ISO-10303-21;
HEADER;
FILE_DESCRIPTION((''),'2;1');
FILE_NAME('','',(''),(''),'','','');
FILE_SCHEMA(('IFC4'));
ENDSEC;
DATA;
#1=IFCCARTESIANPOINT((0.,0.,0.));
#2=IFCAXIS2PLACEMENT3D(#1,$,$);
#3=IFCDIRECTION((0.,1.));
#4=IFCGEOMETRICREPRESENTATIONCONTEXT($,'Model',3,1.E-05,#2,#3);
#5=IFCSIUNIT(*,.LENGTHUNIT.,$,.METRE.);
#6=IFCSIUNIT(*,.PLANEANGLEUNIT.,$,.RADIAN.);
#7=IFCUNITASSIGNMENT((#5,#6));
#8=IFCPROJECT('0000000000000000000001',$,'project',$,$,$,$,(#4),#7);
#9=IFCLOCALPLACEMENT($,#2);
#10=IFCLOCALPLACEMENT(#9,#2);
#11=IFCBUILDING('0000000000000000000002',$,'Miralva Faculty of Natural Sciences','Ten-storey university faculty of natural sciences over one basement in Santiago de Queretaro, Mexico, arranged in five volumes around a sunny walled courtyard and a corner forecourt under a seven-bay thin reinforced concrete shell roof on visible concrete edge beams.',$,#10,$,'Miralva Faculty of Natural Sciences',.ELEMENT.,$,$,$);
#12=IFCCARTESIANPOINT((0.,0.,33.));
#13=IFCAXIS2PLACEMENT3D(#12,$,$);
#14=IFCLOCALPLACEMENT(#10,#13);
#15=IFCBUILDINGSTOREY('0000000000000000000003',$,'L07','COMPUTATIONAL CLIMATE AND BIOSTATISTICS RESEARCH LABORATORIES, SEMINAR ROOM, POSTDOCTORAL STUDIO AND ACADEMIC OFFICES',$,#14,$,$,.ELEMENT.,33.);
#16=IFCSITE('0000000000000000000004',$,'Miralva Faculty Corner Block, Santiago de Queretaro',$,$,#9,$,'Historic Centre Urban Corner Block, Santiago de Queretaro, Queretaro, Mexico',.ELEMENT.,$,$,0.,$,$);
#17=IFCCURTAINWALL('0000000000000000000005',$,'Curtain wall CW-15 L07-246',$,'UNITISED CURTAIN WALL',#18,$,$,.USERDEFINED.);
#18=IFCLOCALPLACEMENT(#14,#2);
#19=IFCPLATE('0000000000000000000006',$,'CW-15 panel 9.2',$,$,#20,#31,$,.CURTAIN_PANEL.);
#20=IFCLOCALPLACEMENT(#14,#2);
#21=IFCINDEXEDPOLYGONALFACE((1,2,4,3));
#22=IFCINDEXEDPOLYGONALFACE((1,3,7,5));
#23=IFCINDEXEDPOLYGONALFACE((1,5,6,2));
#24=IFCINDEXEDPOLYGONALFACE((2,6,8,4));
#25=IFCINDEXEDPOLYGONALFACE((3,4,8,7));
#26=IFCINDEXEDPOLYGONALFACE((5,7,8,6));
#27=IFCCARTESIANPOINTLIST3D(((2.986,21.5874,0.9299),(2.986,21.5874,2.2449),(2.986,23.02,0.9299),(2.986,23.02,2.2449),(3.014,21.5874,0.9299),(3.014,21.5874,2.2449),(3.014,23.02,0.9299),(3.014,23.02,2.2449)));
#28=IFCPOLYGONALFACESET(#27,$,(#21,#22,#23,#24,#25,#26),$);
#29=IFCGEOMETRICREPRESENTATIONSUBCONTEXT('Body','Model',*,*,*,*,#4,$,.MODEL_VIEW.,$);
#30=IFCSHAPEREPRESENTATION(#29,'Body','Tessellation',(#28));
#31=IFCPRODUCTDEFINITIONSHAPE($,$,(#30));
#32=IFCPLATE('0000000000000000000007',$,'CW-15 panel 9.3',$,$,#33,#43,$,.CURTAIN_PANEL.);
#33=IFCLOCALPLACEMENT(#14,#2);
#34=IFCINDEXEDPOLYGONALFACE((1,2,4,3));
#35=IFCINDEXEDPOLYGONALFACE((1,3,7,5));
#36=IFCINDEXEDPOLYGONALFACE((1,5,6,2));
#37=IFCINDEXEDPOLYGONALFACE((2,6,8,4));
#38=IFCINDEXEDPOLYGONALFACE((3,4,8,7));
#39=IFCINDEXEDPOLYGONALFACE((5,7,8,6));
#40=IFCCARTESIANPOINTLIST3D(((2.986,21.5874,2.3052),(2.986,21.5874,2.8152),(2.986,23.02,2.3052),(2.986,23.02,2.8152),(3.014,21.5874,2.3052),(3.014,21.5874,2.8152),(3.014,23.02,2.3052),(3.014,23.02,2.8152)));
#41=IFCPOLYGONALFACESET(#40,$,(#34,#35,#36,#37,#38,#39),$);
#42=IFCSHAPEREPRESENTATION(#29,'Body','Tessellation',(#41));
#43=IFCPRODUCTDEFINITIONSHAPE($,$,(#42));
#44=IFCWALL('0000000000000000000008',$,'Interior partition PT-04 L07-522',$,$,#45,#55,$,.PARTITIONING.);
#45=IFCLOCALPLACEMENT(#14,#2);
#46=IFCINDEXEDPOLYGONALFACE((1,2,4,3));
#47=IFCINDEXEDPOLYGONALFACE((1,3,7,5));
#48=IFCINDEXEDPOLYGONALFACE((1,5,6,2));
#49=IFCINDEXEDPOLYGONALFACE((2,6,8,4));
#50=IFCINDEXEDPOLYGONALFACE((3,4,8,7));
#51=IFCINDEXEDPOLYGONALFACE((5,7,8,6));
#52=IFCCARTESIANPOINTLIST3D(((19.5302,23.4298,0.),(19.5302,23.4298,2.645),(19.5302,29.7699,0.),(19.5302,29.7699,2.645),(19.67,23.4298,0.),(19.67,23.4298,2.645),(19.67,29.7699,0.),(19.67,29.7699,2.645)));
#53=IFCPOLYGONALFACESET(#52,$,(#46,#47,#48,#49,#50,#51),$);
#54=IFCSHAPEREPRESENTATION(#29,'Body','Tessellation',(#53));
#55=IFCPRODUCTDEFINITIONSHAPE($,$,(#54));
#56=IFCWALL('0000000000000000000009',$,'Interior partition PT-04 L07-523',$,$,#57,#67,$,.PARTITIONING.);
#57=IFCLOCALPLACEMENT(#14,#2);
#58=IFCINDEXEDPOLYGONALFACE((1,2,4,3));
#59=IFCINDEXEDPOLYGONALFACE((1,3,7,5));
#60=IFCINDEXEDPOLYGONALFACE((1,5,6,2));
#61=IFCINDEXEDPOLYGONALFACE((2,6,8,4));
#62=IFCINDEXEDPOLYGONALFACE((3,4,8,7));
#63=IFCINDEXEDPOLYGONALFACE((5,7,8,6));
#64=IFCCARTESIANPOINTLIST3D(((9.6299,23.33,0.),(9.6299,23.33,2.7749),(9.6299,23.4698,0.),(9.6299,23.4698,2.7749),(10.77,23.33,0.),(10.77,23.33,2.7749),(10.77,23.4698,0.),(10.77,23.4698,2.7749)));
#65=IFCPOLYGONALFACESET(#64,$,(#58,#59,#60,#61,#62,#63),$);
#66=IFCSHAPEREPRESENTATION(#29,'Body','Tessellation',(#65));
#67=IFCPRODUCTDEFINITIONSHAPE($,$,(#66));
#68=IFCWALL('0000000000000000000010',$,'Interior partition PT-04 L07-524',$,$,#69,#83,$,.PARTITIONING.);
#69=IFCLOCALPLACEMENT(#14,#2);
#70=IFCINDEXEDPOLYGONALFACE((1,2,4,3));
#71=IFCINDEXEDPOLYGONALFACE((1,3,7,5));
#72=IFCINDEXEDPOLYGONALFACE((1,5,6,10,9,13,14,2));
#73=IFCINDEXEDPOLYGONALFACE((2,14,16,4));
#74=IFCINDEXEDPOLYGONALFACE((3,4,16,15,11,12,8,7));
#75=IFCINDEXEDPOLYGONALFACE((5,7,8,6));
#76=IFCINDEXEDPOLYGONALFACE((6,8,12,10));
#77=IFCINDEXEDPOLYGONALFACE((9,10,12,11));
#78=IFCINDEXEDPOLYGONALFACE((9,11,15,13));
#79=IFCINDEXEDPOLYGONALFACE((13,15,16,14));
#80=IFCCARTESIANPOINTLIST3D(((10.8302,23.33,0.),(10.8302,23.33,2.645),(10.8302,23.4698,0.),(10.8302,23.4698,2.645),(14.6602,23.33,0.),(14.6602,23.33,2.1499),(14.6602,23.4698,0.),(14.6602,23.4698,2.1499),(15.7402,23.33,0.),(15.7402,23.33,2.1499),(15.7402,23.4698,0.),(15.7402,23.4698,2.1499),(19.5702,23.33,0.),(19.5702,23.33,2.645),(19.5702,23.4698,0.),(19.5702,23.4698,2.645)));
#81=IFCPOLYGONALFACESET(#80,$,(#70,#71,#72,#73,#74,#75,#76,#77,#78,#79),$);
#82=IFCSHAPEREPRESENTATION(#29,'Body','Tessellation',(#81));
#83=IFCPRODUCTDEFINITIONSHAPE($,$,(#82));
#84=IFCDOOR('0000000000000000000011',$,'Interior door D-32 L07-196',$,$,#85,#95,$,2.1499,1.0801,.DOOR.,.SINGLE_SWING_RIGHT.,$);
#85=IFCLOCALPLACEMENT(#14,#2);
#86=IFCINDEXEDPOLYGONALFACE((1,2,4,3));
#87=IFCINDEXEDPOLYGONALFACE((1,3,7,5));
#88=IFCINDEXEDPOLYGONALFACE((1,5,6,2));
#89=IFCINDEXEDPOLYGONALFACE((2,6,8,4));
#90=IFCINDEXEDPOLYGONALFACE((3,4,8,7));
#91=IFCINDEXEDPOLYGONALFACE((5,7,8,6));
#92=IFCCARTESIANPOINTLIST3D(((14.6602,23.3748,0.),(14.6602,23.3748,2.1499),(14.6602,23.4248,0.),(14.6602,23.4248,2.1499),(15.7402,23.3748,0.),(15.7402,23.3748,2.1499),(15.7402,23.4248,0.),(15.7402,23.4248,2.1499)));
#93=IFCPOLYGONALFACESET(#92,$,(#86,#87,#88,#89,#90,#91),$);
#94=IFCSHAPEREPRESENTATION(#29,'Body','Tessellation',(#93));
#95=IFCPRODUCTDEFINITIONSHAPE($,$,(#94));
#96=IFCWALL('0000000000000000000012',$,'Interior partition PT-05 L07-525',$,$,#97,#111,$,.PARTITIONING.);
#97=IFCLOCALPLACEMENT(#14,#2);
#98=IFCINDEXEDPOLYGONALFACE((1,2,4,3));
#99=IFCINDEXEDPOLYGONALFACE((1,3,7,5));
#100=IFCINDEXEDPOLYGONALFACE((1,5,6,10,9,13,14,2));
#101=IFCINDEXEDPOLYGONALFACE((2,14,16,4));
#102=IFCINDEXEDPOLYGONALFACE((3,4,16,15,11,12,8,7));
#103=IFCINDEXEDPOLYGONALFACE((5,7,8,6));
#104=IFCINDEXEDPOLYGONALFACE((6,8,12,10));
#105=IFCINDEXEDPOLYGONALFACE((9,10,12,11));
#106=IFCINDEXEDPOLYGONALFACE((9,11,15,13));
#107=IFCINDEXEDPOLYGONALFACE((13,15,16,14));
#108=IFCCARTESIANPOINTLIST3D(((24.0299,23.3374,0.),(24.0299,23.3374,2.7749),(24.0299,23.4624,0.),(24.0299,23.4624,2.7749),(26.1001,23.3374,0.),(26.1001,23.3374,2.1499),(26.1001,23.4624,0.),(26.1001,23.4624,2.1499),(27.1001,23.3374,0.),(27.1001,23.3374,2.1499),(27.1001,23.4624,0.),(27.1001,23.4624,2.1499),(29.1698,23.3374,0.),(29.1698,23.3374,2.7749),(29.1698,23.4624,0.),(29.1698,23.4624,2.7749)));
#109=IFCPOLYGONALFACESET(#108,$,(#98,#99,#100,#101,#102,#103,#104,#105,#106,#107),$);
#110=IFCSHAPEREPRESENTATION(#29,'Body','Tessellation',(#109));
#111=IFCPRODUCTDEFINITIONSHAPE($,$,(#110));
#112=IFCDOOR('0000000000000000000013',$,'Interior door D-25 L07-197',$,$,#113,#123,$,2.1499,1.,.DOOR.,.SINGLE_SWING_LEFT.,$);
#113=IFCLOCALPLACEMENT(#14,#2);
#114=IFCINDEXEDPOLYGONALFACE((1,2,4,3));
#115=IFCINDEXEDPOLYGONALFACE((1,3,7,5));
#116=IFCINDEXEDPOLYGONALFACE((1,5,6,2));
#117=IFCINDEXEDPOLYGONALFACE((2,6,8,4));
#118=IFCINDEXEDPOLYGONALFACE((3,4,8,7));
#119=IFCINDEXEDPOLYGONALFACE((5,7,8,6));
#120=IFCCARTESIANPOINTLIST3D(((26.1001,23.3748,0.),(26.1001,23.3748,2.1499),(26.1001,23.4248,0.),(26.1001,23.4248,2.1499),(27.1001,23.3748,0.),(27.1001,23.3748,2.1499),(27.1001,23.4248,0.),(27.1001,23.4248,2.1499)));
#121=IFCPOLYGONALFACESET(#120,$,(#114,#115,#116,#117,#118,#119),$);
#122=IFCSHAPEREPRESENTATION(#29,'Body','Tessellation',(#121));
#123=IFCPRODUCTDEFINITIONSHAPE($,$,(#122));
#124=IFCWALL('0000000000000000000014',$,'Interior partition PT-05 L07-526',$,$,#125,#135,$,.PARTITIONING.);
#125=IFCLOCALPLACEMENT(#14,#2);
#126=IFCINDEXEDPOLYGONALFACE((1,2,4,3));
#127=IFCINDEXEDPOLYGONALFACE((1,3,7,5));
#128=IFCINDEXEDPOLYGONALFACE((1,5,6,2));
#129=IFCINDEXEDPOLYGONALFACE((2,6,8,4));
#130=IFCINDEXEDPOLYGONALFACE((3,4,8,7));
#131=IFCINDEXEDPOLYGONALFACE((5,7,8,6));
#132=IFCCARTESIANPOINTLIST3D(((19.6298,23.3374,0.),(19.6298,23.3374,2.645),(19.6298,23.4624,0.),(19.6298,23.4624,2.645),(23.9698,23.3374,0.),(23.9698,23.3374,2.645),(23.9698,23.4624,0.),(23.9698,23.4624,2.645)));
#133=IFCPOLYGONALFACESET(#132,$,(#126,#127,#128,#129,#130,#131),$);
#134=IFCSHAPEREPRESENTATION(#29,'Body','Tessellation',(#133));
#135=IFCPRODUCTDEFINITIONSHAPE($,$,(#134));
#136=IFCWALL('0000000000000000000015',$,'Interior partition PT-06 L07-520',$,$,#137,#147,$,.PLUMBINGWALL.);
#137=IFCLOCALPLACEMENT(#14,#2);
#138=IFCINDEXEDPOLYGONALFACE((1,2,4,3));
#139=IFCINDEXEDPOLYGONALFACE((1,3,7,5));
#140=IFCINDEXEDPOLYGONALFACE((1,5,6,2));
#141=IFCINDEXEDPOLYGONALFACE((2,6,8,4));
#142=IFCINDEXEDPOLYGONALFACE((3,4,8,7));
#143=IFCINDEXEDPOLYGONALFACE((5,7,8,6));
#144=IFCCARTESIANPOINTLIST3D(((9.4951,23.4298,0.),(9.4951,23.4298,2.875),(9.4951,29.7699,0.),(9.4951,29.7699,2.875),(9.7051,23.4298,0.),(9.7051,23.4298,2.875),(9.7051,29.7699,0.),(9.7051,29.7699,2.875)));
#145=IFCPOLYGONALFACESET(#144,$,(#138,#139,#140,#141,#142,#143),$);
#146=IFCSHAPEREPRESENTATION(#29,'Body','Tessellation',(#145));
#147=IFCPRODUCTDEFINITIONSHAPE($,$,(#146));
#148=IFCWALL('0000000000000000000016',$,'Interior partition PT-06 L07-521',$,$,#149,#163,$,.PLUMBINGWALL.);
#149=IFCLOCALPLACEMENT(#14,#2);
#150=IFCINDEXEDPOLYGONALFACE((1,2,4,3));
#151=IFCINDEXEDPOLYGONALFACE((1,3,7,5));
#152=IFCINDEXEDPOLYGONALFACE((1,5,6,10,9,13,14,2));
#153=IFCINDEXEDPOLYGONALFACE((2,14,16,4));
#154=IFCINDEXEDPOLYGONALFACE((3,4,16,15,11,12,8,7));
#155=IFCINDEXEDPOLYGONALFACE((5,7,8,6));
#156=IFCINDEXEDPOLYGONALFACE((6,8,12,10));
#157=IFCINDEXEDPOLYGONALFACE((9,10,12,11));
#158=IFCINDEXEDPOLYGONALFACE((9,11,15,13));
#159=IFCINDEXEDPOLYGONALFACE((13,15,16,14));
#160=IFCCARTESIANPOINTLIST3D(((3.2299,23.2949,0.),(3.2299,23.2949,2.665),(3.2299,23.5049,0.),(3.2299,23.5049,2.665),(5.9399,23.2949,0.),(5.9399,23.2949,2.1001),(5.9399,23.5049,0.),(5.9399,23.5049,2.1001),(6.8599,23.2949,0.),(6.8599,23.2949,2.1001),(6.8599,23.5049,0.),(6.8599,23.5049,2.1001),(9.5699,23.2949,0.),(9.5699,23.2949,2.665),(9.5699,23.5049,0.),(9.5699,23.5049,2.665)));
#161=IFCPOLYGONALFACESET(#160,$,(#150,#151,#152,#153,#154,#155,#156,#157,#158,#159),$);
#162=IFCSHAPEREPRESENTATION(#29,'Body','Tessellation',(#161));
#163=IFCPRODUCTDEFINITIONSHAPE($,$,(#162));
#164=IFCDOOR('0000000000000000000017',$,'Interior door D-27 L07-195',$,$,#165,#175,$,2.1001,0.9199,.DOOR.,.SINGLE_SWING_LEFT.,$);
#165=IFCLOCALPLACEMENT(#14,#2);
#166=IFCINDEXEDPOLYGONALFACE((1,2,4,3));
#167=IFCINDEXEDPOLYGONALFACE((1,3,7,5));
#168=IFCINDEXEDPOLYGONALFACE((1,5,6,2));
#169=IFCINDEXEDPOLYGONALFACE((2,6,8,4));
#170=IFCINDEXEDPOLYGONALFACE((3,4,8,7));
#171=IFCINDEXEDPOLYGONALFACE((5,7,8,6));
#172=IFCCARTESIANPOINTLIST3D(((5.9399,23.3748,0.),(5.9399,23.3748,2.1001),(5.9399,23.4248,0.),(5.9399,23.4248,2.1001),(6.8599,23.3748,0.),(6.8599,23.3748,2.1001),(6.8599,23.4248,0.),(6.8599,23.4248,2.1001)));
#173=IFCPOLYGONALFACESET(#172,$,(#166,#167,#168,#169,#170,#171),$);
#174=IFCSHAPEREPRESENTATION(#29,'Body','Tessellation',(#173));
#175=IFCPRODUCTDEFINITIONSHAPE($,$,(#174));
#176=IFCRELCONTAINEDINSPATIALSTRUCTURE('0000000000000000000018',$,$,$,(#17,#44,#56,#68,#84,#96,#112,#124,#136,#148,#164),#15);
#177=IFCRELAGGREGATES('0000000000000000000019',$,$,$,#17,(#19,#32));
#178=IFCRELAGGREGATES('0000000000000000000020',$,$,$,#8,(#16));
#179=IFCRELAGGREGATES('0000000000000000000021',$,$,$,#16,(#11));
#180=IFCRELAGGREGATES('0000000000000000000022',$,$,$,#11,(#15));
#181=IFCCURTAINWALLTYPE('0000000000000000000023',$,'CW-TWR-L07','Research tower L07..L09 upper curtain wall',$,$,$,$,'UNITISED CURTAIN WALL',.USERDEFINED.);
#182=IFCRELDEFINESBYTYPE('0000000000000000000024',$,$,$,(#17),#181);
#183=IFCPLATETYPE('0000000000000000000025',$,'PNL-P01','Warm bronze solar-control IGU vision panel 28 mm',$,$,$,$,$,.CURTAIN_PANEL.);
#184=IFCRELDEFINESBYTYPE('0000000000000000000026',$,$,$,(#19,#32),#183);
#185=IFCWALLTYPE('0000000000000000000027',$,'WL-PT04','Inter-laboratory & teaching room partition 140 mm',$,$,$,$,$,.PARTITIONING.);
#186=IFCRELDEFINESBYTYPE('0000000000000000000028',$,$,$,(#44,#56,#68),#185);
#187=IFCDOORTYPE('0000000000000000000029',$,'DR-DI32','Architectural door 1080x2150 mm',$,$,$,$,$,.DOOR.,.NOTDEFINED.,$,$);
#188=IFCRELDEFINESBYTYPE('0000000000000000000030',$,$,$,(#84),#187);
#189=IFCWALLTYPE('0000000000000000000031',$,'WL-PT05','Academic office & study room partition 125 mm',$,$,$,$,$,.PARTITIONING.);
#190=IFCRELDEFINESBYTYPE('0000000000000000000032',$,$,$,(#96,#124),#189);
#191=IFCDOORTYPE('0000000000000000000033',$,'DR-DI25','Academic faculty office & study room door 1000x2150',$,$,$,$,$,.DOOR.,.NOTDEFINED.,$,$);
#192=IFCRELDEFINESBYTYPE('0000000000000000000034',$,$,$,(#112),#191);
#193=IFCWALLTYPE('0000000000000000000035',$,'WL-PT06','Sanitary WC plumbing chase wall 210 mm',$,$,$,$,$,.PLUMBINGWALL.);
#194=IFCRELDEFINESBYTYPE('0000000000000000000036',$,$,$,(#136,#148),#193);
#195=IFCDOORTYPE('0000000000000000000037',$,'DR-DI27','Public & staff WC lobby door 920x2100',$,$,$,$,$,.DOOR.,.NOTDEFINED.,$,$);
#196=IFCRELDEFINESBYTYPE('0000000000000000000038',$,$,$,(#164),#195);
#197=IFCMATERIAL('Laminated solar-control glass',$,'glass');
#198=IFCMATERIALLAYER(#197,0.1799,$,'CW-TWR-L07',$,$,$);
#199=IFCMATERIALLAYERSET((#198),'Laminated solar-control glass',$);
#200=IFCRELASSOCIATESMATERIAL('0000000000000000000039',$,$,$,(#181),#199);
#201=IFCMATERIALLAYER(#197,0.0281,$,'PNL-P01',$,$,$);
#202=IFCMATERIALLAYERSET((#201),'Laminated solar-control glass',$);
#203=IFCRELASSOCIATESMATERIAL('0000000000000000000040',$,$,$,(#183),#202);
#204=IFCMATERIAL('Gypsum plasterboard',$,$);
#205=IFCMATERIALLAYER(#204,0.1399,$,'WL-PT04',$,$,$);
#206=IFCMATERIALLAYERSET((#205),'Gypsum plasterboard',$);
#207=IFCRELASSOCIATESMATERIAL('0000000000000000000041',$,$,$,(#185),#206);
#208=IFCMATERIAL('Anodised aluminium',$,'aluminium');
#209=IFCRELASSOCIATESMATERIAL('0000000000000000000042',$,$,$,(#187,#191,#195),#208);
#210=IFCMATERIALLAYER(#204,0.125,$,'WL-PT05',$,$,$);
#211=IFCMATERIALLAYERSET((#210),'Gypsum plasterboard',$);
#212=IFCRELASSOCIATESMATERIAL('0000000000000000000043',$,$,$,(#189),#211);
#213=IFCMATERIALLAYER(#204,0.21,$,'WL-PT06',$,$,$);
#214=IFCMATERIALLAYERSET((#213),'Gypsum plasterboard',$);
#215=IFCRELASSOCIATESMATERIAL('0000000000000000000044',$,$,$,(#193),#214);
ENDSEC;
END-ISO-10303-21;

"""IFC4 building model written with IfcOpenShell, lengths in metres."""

from ifc_helpers import new_model, si_unit, direction, frame, frame_2d, origin, origin_2d, place, context, subcontext, project, spatial, rectangle, extrude, material, layer, layer_set, type_object, element, fill, aggregate, save


model = new_model("IFC4")

# Units and contexts
model_context = context("Model", 3, precision=1e-05, world=origin(), true_north=direction((0.0, 1.0)))
body_context = subcontext(model_context, "Body", "Model", "MODEL_VIEW")
ifc_project = project(units=[si_unit("LENGTHUNIT", "METRE"), si_unit("PLANEANGLEUNIT", "RADIAN")], contexts=[model_context])

# Site, building, storey
site_placement = place(None, origin())
site = spatial("IfcSite", under=ifc_project, at=site_placement, Name="Miralva Faculty Corner Block, Santiago de Queretaro", LongName="Historic Centre Urban Corner Block, Santiago de Queretaro, Queretaro, Mexico", CompositionType="ELEMENT", RefElevation=0.0)
building_placement = place(site_placement, origin())
building = spatial("IfcBuilding", under=site, at=building_placement, Name="Miralva Faculty of Natural Sciences", Description="Ten-storey university faculty of natural sciences over one basement in Santiago de Queretaro, Mexico, arranged in five volumes around a sunny walled courtyard and a corner forecourt under a seven-bay thin reinforced concrete shell roof on visible concrete edge beams.", LongName="Miralva Faculty of Natural Sciences", CompositionType="ELEMENT")
storey_placement = place(building_placement, frame((0.0, 0.0, 33.0)))
storey = spatial("IfcBuildingStorey", under=building, at=storey_placement, Name="L07", Description="COMPUTATIONAL CLIMATE AND BIOSTATISTICS RESEARCH LABORATORIES, SEMINAR ROOM, POSTDOCTORAL STUDIO AND ACADEMIC OFFICES", CompositionType="ELEMENT", Elevation=33.0)

# Curtain wall, plates
ifc_material_1 = material(Name="Laminated solar-control glass", Category="glass")
ifc_layer_1 = layer(ifc_material_1, 0.1799, Name="CW-TWR-L07")
ifc_layer_set_1 = layer_set([ifc_layer_1], Name="Laminated solar-control glass")
curtain_wall_type = type_object("IfcCurtainWallType", Name="CW-TWR-L07", Description="Research tower L07..L09 upper curtain wall", ElementType="UNITISED CURTAIN WALL", PredefinedType="USERDEFINED", material=ifc_layer_set_1)
curtain_wall_placement = place(storey_placement, origin())
curtain_wall = element("IfcCurtainWall", 1, at=curtain_wall_placement, inside=storey, type_object=curtain_wall_type, Name="Curtain wall CW-15 L07-246", ObjectType="UNITISED CURTAIN WALL", PredefinedType="USERDEFINED")
ifc_material_2 = material(Name="Anodised aluminium", Category="aluminium")
ifc_layer_2 = layer(ifc_material_1, 0.0281, Name="PNL-P01")
ifc_layer_set_2 = layer_set([ifc_layer_2], Name="Laminated solar-control glass")
plate_type = type_object("IfcPlateType", Name="PNL-P01", Description="Warm bronze solar-control IGU vision panel 28 mm", PredefinedType="CURTAIN_PANEL", material=ifc_layer_set_2)
plate_1_placement = place(storey_placement, frame((3.0, 22.3037, 0.9299), z_axis=(0.0, 0.0, 1.0), x_axis=(0.0, 1.0, 0.0)))
plate_1 = element("IfcPlate", 2, at=plate_1_placement, type_object=plate_type, Name="CW-15 panel 9.2", PredefinedType="CURTAIN_PANEL", context=body_context, shape_type="SweptSolid", body=[
    extrude(rectangle(XDim=1.4326, YDim=0.0281, at=origin_2d()), origin(), (0.0, 0.0, 1.0), 1.3149),
])
plate_2_placement = place(storey_placement, frame((3.0, 22.3037, 2.3052), z_axis=(0.0, 0.0, 1.0), x_axis=(0.0, 1.0, 0.0)))
plate_2 = element("IfcPlate", 3, at=plate_2_placement, type_object=plate_type, Name="CW-15 panel 9.3", PredefinedType="CURTAIN_PANEL", context=body_context, shape_type="SweptSolid", body=[
    extrude(rectangle(XDim=1.4326, YDim=0.0281, at=origin_2d()), origin(), (0.0, 0.0, 1.0), 0.51),
])
aggregate(curtain_wall, [plate_1, plate_2])

# Walls
ifc_material_3 = material(Name="Gypsum plasterboard")
ifc_layer_3 = layer(ifc_material_3, 0.1399, Name="WL-PT04")
ifc_layer_set_3 = layer_set([ifc_layer_3], Name="Gypsum plasterboard")
wall_type_1 = type_object("IfcWallType", Name="WL-PT04", Description="Inter-laboratory & teaching room partition 140 mm", PredefinedType="PARTITIONING", material=ifc_layer_set_3)
wall_1_placement = place(storey_placement, frame((19.6001, 23.4299, 0.0), z_axis=(0.0, 0.0, 1.0), x_axis=(0.0, 1.0, 0.0)))
element("IfcWall", 4, at=wall_1_placement, inside=storey, type_object=wall_type_1, Name="Interior partition PT-04 L07-522", PredefinedType="PARTITIONING", context=body_context, shape_type="SweptSolid", body=[
    extrude(rectangle(XDim=6.3401, YDim=0.1399, at=frame_2d((3.1699, 0.0))), origin(), (0.0, 0.0, 1.0), 2.645),
])
wall_2_placement = place(storey_placement, frame((9.6299, 23.3999, 0.0), z_axis=(0.0, 0.0, 1.0), x_axis=(1.0, 0.0, 0.0)))
element("IfcWall", 5, at=wall_2_placement, inside=storey, type_object=wall_type_1, Name="Interior partition PT-04 L07-523", PredefinedType="PARTITIONING", context=body_context, shape_type="SweptSolid", body=[
    extrude(rectangle(XDim=1.1401, YDim=0.1399, at=frame_2d((0.5701, 0.0))), origin(), (0.0, 0.0, 1.0), 2.7749),
])

# Walls, openings, doors
wall_3_placement = place(storey_placement, frame((10.8301, 23.3999, 0.0), z_axis=(0.0, 0.0, 1.0), x_axis=(1.0, 0.0, 0.0)))
wall_3 = element("IfcWall", 6, at=wall_3_placement, inside=storey, type_object=wall_type_1, Name="Interior partition PT-04 L07-524", PredefinedType="PARTITIONING", context=body_context, shape_type="SweptSolid", body=[
    extrude(rectangle(XDim=8.74, YDim=0.1399, at=frame_2d((4.3701, 0.0))), origin(), (0.0, 0.0, 1.0), 2.645),
])
opening_1_placement = place(wall_3_placement, frame((3.8301, 0.0, 0.0)))
opening_1 = element("IfcOpeningElement", 7, at=opening_1_placement, cuts=wall_3, PredefinedType="OPENING", context=body_context, shape_type="SweptSolid", body=[
    extrude(rectangle(XDim=1.0801, YDim=2.1499, at=frame_2d((0.54, 1.075))), frame((0.0, 0.0798, 0.0), z_axis=(0.0, -1.0, 0.0), x_axis=(1.0, 0.0, 0.0)), (0.0, 0.0, 1.0), 0.1599),
])
door_type_1 = type_object("IfcDoorType", Name="DR-DI32", Description="Architectural door 1080x2150 mm", OperationType="NOTDEFINED", PredefinedType="DOOR", material=ifc_material_2)
door_1_placement = place(opening_1_placement, origin())
door_1 = element("IfcDoor", 8, at=door_1_placement, inside=storey, type_object=door_type_1, Name="Interior door D-32 L07-196", OperationType="SINGLE_SWING_RIGHT", OverallHeight=2.1499, OverallWidth=1.0801, PredefinedType="DOOR", context=body_context, shape_type="SweptSolid", body=[
    extrude(rectangle(XDim=1.0801, YDim=2.1499, at=frame_2d((0.54, 1.075))), frame((0.0, 0.0249, 0.0), z_axis=(0.0, -1.0, 0.0), x_axis=(1.0, 0.0, 0.0)), (0.0, 0.0, 1.0), 0.05),
])
fill(opening_1, door_1)
ifc_layer_4 = layer(ifc_material_3, 0.125, Name="WL-PT05")
ifc_layer_set_4 = layer_set([ifc_layer_4], Name="Gypsum plasterboard")
wall_type_2 = type_object("IfcWallType", Name="WL-PT05", Description="Academic office & study room partition 125 mm", PredefinedType="PARTITIONING", material=ifc_layer_set_4)
wall_4_placement = place(storey_placement, frame((24.03, 23.3999, 0.0), z_axis=(0.0, 0.0, 1.0), x_axis=(1.0, 0.0, 0.0)))
wall_4 = element("IfcWall", 9, at=wall_4_placement, inside=storey, type_object=wall_type_2, Name="Interior partition PT-05 L07-525", PredefinedType="PARTITIONING", context=body_context, shape_type="SweptSolid", body=[
    extrude(rectangle(XDim=5.1399, YDim=0.125, at=frame_2d((2.5698, 0.0))), origin(), (0.0, 0.0, 1.0), 2.7749),
])
opening_2_placement = place(wall_4_placement, frame((2.0701, 0.0, 0.0)))
opening_2 = element("IfcOpeningElement", 10, at=opening_2_placement, cuts=wall_4, PredefinedType="OPENING", context=body_context, shape_type="SweptSolid", body=[
    extrude(rectangle(XDim=1.0, YDim=2.1499, at=frame_2d((0.5, 1.075))), frame((0.0, 0.0725, 0.0), z_axis=(0.0, -1.0, 0.0), x_axis=(1.0, 0.0, 0.0)), (0.0, 0.0, 1.0), 0.145),
])
door_type_2 = type_object("IfcDoorType", Name="DR-DI25", Description="Academic faculty office & study room door 1000x2150", OperationType="NOTDEFINED", PredefinedType="DOOR", material=ifc_material_2)
door_2_placement = place(opening_2_placement, origin())
door_2 = element("IfcDoor", 11, at=door_2_placement, inside=storey, type_object=door_type_2, Name="Interior door D-25 L07-197", OperationType="SINGLE_SWING_LEFT", OverallHeight=2.1499, OverallWidth=1.0, PredefinedType="DOOR", context=body_context, shape_type="SweptSolid", body=[
    extrude(rectangle(XDim=1.0, YDim=2.1499, at=frame_2d((0.5, 1.075))), frame((0.0, 0.0249, 0.0), z_axis=(0.0, -1.0, 0.0), x_axis=(1.0, 0.0, 0.0)), (0.0, 0.0, 1.0), 0.05),
])
fill(opening_2, door_2)

# Walls
wall_5_placement = place(storey_placement, frame((19.6299, 23.3999, 0.0), z_axis=(0.0, 0.0, 1.0), x_axis=(1.0, 0.0, 0.0)))
element("IfcWall", 12, at=wall_5_placement, inside=storey, type_object=wall_type_2, Name="Interior partition PT-05 L07-526", PredefinedType="PARTITIONING", context=body_context, shape_type="SweptSolid", body=[
    extrude(rectangle(XDim=4.3401, YDim=0.125, at=frame_2d((2.1699, 0.0))), origin(), (0.0, 0.0, 1.0), 2.645),
])
ifc_layer_5 = layer(ifc_material_3, 0.21, Name="WL-PT06")
ifc_layer_set_5 = layer_set([ifc_layer_5], Name="Gypsum plasterboard")
wall_type_3 = type_object("IfcWallType", Name="WL-PT06", Description="Sanitary WC plumbing chase wall 210 mm", PredefinedType="PLUMBINGWALL", material=ifc_layer_set_5)
wall_6_placement = place(storey_placement, frame((9.6001, 23.4299, 0.0), z_axis=(0.0, 0.0, 1.0), x_axis=(0.0, 1.0, 0.0)))
element("IfcWall", 13, at=wall_6_placement, inside=storey, type_object=wall_type_3, Name="Interior partition PT-06 L07-520", PredefinedType="PLUMBINGWALL", context=body_context, shape_type="SweptSolid", body=[
    extrude(rectangle(XDim=6.3401, YDim=0.21, at=frame_2d((3.1699, 0.0))), origin(), (0.0, 0.0, 1.0), 2.875),
])

# Wall, opening, door
wall_7_placement = place(storey_placement, frame((3.23, 23.3999, 0.0), z_axis=(0.0, 0.0, 1.0), x_axis=(1.0, 0.0, 0.0)))
wall_7 = element("IfcWall", 14, at=wall_7_placement, inside=storey, type_object=wall_type_3, Name="Interior partition PT-06 L07-521", PredefinedType="PLUMBINGWALL", context=body_context, shape_type="SweptSolid", body=[
    extrude(rectangle(XDim=6.3401, YDim=0.21, at=frame_2d((3.1699, 0.0))), origin(), (0.0, 0.0, 1.0), 2.665),
])
opening_3_placement = place(wall_7_placement, frame((2.71, 0.0, 0.0)))
opening_3 = element("IfcOpeningElement", 15, at=opening_3_placement, cuts=wall_7, PredefinedType="OPENING", context=body_context, shape_type="SweptSolid", body=[
    extrude(rectangle(XDim=0.9199, YDim=2.1001, at=frame_2d((0.46, 1.05))), frame((0.0, 0.115, 0.0), z_axis=(0.0, -1.0, 0.0), x_axis=(1.0, 0.0, 0.0)), (0.0, 0.0, 1.0), 0.23),
])
door_type_3 = type_object("IfcDoorType", Name="DR-DI27", Description="Public & staff WC lobby door 920x2100", OperationType="NOTDEFINED", PredefinedType="DOOR", material=ifc_material_2)
door_3_placement = place(opening_3_placement, origin())
door_3 = element("IfcDoor", 16, at=door_3_placement, inside=storey, type_object=door_type_3, Name="Interior door D-27 L07-195", OperationType="SINGLE_SWING_LEFT", OverallHeight=2.1001, OverallWidth=0.9199, PredefinedType="DOOR", context=body_context, shape_type="SweptSolid", body=[
    extrude(rectangle(XDim=0.9199, YDim=2.1001, at=frame_2d((0.46, 1.05))), frame((0.0, 0.0249, 0.0), z_axis=(0.0, -1.0, 0.0), x_axis=(1.0, 0.0, 0.0)), (0.0, 0.0, 1.0), 0.05),
])
fill(opening_3, door_3)

save(model, "model.ifc")
